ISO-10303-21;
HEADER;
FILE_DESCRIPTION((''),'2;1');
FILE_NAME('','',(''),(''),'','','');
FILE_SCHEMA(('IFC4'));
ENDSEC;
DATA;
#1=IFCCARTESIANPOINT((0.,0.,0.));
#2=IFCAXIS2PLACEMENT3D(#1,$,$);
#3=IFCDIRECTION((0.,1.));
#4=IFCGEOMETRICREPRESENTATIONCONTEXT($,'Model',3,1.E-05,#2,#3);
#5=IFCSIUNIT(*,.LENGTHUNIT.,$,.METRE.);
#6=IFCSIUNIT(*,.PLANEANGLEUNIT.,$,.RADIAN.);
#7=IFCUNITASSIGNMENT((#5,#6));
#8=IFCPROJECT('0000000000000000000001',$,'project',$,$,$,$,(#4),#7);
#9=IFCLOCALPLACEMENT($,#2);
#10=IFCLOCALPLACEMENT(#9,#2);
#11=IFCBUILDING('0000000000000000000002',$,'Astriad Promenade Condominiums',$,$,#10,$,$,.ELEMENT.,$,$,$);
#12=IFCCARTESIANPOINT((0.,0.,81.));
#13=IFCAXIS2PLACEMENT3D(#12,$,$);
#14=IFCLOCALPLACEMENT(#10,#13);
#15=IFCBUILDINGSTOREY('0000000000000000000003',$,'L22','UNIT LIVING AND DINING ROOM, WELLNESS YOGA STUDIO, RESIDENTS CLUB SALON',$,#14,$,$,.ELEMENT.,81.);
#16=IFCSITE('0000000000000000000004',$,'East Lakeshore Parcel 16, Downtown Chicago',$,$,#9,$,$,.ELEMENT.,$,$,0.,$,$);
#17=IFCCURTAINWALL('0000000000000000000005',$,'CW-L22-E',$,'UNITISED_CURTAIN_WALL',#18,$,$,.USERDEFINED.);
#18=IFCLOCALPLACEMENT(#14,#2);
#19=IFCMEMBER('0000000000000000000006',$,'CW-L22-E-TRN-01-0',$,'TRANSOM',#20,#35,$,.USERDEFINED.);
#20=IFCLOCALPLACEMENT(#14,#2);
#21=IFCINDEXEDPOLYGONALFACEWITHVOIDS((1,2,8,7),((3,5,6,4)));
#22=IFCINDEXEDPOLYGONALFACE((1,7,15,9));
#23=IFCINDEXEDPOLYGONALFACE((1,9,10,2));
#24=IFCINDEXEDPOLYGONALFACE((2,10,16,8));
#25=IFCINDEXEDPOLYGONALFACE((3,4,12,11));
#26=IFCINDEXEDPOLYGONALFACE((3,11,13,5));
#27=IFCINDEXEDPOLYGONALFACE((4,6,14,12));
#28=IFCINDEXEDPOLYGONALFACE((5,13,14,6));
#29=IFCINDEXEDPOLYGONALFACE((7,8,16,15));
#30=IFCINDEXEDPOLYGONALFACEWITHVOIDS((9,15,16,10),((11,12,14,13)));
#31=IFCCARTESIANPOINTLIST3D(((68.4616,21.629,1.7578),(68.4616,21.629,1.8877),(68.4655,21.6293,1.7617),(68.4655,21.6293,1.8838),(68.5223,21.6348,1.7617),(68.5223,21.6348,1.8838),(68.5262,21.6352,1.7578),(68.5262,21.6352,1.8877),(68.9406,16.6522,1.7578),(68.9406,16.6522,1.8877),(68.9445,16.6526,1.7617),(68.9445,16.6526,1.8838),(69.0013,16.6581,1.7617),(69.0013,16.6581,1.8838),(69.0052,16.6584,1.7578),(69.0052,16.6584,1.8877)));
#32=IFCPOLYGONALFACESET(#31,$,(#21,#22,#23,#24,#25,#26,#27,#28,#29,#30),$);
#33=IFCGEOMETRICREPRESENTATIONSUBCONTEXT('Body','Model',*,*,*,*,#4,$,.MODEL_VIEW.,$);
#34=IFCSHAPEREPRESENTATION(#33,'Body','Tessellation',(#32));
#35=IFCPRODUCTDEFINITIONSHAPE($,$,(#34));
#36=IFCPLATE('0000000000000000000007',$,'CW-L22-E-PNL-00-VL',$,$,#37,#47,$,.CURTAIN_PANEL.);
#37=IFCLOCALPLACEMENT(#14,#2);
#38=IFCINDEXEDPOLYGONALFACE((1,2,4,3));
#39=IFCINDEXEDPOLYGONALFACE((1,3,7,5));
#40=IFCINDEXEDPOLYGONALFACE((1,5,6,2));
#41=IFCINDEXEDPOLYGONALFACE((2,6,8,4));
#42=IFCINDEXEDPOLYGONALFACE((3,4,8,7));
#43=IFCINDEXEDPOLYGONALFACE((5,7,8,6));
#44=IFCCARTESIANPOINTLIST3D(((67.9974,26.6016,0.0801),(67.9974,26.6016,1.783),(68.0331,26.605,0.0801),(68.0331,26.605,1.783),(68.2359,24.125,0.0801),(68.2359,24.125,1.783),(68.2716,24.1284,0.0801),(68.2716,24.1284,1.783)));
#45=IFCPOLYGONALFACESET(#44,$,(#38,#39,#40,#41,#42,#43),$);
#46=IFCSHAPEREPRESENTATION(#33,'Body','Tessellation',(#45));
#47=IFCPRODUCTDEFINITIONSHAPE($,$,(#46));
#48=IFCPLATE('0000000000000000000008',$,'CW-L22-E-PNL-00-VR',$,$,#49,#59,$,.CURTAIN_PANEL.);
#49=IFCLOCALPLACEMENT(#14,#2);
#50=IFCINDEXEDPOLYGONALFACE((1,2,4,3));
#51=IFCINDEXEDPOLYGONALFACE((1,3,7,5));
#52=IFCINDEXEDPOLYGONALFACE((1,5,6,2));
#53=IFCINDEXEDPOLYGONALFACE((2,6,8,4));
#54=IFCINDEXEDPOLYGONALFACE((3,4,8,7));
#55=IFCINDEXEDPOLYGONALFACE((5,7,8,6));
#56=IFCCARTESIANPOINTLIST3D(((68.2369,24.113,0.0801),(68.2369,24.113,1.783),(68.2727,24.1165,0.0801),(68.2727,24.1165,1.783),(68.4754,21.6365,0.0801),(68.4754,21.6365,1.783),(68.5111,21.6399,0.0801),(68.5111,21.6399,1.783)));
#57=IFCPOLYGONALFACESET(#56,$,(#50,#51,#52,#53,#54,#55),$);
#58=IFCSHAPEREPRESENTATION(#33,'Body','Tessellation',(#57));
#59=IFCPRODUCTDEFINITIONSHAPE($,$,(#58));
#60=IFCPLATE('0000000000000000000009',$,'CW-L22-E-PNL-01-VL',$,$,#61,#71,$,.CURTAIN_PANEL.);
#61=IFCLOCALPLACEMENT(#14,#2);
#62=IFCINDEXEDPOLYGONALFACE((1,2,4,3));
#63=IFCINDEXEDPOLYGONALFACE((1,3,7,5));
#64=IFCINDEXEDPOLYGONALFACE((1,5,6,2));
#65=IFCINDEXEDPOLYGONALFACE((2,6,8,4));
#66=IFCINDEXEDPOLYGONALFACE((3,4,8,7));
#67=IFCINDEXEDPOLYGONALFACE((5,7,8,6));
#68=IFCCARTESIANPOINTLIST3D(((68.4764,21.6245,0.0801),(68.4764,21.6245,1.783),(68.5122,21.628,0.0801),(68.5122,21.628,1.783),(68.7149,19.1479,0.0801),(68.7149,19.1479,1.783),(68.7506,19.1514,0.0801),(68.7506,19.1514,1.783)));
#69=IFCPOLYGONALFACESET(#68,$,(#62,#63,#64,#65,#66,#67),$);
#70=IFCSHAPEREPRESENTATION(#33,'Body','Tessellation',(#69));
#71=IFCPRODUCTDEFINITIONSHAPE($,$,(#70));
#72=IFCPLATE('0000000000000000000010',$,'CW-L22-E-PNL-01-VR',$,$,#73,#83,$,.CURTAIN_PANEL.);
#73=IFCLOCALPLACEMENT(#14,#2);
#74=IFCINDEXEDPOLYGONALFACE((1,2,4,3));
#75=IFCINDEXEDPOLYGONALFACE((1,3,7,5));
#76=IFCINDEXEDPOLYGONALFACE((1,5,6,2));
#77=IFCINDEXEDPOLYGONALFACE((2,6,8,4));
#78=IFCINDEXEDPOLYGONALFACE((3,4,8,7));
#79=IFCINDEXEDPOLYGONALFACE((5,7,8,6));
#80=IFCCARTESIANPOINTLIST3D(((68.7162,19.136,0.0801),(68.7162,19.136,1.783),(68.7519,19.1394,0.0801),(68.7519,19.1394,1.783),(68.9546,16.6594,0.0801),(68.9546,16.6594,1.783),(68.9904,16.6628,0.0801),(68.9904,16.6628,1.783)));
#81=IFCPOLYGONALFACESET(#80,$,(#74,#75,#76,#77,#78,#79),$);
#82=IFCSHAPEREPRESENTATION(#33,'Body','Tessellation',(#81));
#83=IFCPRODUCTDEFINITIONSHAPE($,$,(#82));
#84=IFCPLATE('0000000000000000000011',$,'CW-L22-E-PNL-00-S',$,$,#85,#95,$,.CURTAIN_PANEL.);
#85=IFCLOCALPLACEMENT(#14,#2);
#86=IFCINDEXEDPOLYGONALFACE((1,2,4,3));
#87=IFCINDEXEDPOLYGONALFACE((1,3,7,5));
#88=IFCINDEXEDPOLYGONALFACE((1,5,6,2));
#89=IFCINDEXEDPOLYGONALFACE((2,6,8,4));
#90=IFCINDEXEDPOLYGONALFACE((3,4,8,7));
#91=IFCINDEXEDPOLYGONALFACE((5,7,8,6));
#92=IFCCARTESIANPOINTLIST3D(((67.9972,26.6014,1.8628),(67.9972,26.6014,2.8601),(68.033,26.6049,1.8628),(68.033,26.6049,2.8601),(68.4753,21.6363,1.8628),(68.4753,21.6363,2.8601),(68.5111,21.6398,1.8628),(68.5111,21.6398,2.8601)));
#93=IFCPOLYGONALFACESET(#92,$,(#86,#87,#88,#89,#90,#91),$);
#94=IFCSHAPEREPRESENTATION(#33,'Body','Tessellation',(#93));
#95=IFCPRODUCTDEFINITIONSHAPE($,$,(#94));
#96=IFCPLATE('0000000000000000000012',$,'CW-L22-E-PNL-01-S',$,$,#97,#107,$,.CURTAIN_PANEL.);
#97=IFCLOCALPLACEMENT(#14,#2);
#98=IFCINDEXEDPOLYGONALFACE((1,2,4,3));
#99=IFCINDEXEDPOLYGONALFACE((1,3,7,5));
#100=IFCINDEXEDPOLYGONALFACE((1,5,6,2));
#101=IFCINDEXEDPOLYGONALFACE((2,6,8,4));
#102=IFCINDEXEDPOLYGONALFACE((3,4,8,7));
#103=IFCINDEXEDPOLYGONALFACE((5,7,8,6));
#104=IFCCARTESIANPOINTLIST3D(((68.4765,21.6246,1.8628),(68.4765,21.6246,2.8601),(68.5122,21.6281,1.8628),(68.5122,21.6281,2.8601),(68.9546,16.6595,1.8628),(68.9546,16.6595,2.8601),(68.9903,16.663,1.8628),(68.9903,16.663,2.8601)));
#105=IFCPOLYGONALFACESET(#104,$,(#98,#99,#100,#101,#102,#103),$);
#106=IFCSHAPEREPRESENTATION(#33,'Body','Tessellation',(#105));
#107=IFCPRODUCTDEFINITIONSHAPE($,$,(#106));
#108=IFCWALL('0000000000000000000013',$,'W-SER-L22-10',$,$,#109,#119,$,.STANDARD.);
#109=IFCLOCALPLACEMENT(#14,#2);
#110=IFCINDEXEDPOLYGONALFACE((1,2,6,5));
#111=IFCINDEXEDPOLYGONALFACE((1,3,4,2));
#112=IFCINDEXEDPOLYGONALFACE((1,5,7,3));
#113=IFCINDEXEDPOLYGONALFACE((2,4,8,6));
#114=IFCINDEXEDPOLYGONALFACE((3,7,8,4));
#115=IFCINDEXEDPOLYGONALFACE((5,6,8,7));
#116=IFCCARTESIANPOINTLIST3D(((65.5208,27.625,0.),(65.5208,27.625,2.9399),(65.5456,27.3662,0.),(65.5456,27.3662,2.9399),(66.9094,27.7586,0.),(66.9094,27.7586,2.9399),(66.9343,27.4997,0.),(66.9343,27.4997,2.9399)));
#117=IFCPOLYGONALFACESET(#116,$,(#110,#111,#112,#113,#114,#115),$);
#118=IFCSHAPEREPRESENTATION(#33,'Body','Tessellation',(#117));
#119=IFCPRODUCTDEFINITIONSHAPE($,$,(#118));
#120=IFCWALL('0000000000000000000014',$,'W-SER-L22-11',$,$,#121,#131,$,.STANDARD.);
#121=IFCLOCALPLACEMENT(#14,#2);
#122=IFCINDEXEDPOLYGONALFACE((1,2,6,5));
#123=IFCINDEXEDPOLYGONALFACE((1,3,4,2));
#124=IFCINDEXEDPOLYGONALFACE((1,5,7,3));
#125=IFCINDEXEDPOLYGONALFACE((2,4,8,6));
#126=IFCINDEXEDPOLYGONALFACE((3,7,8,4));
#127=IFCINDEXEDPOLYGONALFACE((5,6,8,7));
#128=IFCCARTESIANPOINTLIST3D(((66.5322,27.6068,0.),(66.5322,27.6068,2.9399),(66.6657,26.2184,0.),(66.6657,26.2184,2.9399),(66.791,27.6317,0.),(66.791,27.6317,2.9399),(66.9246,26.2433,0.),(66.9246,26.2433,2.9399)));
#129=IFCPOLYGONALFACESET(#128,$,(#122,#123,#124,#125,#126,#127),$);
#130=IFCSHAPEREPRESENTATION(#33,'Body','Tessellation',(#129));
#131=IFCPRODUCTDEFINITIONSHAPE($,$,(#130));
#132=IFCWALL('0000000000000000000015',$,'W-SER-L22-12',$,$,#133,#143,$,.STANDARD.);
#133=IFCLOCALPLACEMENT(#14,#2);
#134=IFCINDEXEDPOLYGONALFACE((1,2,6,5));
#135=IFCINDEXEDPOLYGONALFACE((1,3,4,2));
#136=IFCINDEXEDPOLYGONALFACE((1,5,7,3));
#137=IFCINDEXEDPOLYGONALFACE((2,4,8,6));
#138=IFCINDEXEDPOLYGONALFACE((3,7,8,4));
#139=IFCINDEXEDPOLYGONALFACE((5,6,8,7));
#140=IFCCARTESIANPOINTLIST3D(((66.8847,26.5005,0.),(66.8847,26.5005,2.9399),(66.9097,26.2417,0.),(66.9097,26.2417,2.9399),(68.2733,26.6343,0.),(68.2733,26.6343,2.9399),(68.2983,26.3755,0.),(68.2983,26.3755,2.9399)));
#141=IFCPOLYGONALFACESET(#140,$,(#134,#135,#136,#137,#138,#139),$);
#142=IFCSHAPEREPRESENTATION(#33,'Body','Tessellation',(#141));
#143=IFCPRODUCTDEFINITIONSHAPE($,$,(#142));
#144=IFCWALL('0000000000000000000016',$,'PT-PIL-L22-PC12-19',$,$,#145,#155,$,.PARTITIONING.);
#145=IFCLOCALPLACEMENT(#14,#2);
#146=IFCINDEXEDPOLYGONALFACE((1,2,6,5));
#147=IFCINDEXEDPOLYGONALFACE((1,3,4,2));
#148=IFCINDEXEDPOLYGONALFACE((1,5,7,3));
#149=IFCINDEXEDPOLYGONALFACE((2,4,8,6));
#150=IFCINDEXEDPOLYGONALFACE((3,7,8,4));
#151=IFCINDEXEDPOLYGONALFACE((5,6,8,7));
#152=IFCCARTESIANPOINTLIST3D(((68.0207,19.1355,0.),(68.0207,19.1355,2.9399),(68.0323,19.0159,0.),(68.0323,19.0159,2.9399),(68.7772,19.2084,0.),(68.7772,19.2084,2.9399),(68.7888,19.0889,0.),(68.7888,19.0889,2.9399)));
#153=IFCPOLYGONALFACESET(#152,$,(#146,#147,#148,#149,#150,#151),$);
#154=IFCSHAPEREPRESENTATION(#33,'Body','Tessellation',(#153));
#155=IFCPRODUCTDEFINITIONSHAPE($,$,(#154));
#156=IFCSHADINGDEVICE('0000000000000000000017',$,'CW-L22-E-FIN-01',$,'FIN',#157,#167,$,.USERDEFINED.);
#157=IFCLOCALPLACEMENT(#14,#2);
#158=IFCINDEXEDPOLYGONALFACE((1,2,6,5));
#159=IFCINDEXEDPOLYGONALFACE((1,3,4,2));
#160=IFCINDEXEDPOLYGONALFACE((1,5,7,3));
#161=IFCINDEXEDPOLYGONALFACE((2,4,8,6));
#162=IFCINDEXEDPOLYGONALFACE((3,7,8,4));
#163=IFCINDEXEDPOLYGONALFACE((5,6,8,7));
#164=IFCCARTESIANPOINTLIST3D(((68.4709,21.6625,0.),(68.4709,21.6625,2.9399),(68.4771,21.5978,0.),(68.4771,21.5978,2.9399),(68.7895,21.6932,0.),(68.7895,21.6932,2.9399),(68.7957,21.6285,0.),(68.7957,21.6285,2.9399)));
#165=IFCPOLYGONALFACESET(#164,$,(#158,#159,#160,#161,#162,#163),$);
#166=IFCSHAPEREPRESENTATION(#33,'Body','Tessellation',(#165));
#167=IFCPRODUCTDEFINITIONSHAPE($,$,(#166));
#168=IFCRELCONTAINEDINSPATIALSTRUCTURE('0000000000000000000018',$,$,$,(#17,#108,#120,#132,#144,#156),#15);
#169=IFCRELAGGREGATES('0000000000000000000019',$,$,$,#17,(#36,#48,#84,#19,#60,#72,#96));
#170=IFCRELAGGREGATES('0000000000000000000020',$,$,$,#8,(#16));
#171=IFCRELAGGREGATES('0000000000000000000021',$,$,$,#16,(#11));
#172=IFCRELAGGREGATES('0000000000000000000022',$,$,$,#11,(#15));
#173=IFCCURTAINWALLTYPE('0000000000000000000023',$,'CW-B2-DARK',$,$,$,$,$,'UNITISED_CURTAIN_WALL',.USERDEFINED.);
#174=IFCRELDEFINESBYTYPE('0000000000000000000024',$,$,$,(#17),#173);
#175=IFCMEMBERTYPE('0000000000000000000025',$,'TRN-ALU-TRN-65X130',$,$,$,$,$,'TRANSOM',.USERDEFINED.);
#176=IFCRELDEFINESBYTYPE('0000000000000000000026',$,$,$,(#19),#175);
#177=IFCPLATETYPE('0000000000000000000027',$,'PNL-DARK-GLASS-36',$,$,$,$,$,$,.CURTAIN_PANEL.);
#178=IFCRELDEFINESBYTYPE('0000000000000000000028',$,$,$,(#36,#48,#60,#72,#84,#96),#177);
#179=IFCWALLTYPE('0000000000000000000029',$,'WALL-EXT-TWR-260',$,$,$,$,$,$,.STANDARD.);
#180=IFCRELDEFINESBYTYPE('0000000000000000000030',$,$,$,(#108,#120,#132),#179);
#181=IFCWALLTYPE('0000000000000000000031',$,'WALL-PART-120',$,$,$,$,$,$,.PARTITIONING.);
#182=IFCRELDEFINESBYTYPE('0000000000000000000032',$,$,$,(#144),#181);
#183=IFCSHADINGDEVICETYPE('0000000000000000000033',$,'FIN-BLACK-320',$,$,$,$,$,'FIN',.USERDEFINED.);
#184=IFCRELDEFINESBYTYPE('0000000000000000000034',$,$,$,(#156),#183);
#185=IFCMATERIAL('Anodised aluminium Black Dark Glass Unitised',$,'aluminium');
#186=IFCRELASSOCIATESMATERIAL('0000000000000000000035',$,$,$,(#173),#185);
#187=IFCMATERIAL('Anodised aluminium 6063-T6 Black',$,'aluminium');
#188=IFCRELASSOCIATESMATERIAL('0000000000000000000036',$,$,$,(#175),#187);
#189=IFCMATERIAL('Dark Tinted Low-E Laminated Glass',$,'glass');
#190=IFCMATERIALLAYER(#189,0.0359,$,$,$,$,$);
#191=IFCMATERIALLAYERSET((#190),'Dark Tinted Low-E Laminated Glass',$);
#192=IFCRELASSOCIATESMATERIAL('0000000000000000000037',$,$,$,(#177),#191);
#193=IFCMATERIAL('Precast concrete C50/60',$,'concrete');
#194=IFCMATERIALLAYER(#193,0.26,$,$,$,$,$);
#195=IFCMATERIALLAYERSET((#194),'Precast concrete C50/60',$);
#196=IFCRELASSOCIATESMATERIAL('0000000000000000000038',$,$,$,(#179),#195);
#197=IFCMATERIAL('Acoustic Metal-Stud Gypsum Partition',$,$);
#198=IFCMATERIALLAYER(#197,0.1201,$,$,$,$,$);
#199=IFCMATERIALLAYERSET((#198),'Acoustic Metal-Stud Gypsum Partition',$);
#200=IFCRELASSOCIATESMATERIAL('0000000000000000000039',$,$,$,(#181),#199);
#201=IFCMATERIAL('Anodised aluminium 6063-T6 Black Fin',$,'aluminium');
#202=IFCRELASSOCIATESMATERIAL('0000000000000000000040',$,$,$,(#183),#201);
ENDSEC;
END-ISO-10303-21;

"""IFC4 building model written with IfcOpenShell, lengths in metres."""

from ifc_helpers import new_model, si_unit, direction, frame, frame_2d, origin, origin_2d, place, context, subcontext, project, spatial, rectangle, hollow_rectangle, extrude, source, transform, mapped, material, layer, layer_set, material_profile, profile_set, type_object, type_shapes, element, aggregate, save


model = new_model("IFC4")

# Units and contexts
model_context = context("Model", 3, precision=1e-05, world=origin(), true_north=direction((0.0, 1.0)))
body_context = subcontext(model_context, "Body", "Model", "MODEL_VIEW")
ifc_project = project(units=[si_unit("LENGTHUNIT", "METRE"), si_unit("PLANEANGLEUNIT", "RADIAN")], contexts=[model_context])

# Site, building, storey
site_placement = place(None, origin())
site = spatial("IfcSite", under=ifc_project, at=site_placement, Name="East Lakeshore Parcel 16, Downtown Chicago", CompositionType="ELEMENT", RefElevation=0.0)
building_placement = place(site_placement, origin())
building = spatial("IfcBuilding", under=site, at=building_placement, Name="Astriad Promenade Condominiums", CompositionType="ELEMENT")
storey_placement = place(building_placement, frame((0.0, 0.0, 81.0)))
storey = spatial("IfcBuildingStorey", under=building, at=storey_placement, Name="L22", Description="UNIT LIVING AND DINING ROOM, WELLNESS YOGA STUDIO, RESIDENTS CLUB SALON", CompositionType="ELEMENT", Elevation=81.0)

# Curtain wall, member, plates
ifc_material_1 = material(Name="Anodised aluminium Black Dark Glass Unitised", Category="aluminium")
curtain_wall_type = type_object("IfcCurtainWallType", Name="CW-B2-DARK", ElementType="UNITISED_CURTAIN_WALL", PredefinedType="USERDEFINED", material=ifc_material_1)
curtain_wall_placement = place(storey_placement, origin())
curtain_wall = element("IfcCurtainWall", 1, at=curtain_wall_placement, inside=storey, type_object=curtain_wall_type, Name="CW-L22-E", ObjectType="UNITISED_CURTAIN_WALL", PredefinedType="USERDEFINED")
ifc_material_2 = material(Name="Anodised aluminium 6063-T6 Black", Category="aluminium")
ifc_material_profile_1 = material_profile(ifc_material_2, hollow_rectangle(XDim=0.0649, YDim=0.1299, WallThickness=0.0039, at=origin_2d()), Name="ALU-TRN-65X130")
ifc_profile_set_1 = profile_set([ifc_material_profile_1], Name="Anodised aluminium 6063-T6 Black")
member_type_1 = type_object("IfcMemberType", Name="TRN-ALU-TRN-65X130", ElementType="TRANSOM", PredefinedType="USERDEFINED", material=ifc_profile_set_1)
shared_shape_1 = source(origin(), body_context, "Body", "SweptSolid", [
    extrude(hollow_rectangle(XDim=0.0649, YDim=0.1299, WallThickness=0.0039, at=origin_2d()), origin(), (0.0, 0.0, 1.0), 4.9998),
])
member_1_placement = place(storey_placement, frame((68.4939, 21.6321, 1.8228), z_axis=(0.095805, -0.9954, 0.0), x_axis=(0.9954, 0.095805, 0.0)))
member_1 = element("IfcMember", 2, at=member_1_placement, type_object=member_type_1, Name="CW-L22-E-TRN-01-0", ObjectType="TRANSOM", PredefinedType="USERDEFINED", context=body_context, shape_type="MappedRepresentation", body=[
    mapped(shared_shape_1, transform((0.0, 0.0, 0.0), scale=1.0)),
])
ifc_material_3 = material(Name="Dark Tinted Low-E Laminated Glass", Category="glass")
ifc_layer_1 = layer(ifc_material_3, 0.0359)
ifc_layer_set_1 = layer_set([ifc_layer_1], Name="Dark Tinted Low-E Laminated Glass")
plate_type = type_object("IfcPlateType", Name="PNL-DARK-GLASS-36", PredefinedType="CURTAIN_PANEL", material=ifc_layer_set_1)
shared_shape_2 = source(origin(), body_context, "Body", "SweptSolid", [
    extrude(rectangle(XDim=2.488, YDim=0.0359, at=origin_2d()), origin(), (0.0, 0.0, 1.0), 1.7029),
])
plate_1_placement = place(storey_placement, frame((68.1345, 25.365, 0.0801), z_axis=(0.0, 0.0, 1.0), x_axis=(0.095846, -0.995396, 0.0)))
plate_1 = element("IfcPlate", 3, at=plate_1_placement, type_object=plate_type, Name="CW-L22-E-PNL-00-VL", PredefinedType="CURTAIN_PANEL", context=body_context, shape_type="MappedRepresentation", body=[
    mapped(shared_shape_2, transform((0.0, 0.0, 0.0), scale=1.0)),
])
plate_2_placement = place(storey_placement, frame((68.374, 22.8765, 0.0801), z_axis=(0.0, 0.0, 1.0), x_axis=(0.095846, -0.995396, 0.0)))
plate_2 = element("IfcPlate", 4, at=plate_2_placement, type_object=plate_type, Name="CW-L22-E-PNL-00-VR", PredefinedType="CURTAIN_PANEL", context=body_context, shape_type="MappedRepresentation", body=[
    mapped(shared_shape_2, transform((0.0, 0.0, 0.0), scale=1.0)),
])
plate_3_placement = place(storey_placement, frame((68.6135, 20.3879, 0.0801), z_axis=(0.0, 0.0, 1.0), x_axis=(0.095846, -0.995396, 0.0)))
plate_3 = element("IfcPlate", 5, at=plate_3_placement, type_object=plate_type, Name="CW-L22-E-PNL-01-VL", PredefinedType="CURTAIN_PANEL", context=body_context, shape_type="MappedRepresentation", body=[
    mapped(shared_shape_2, transform((0.0, 0.0, 0.0), scale=1.0)),
])
plate_4_placement = place(storey_placement, frame((68.8533, 17.8994, 0.0801), z_axis=(0.0, 0.0, 1.0), x_axis=(0.095846, -0.995396, 0.0)))
plate_4 = element("IfcPlate", 6, at=plate_4_placement, type_object=plate_type, Name="CW-L22-E-PNL-01-VR", PredefinedType="CURTAIN_PANEL", context=body_context, shape_type="MappedRepresentation", body=[
    mapped(shared_shape_2, transform((0.0, 0.0, 0.0), scale=1.0)),
])
shared_shape_3 = source(origin(), body_context, "Body", "SweptSolid", [
    extrude(rectangle(XDim=4.988, YDim=0.0359, at=origin_2d()), origin(), (0.0, 0.0, 1.0), 0.9973),
])
type_shapes(plate_type, [shared_shape_2, shared_shape_3])
plate_5_placement = place(storey_placement, frame((68.2542, 24.1206, 1.8628), z_axis=(0.0, 0.0, 1.0), x_axis=(0.095846, -0.995396, 0.0)))
plate_5 = element("IfcPlate", 7, at=plate_5_placement, type_object=plate_type, Name="CW-L22-E-PNL-00-S", PredefinedType="CURTAIN_PANEL", context=body_context, shape_type="MappedRepresentation", body=[
    mapped(shared_shape_3, transform((0.0, 0.0, 0.0), scale=1.0)),
])
plate_6_placement = place(storey_placement, frame((68.7334, 19.1438, 1.8628), z_axis=(0.0, 0.0, 1.0), x_axis=(0.095846, -0.995396, 0.0)))
plate_6 = element("IfcPlate", 8, at=plate_6_placement, type_object=plate_type, Name="CW-L22-E-PNL-01-S", PredefinedType="CURTAIN_PANEL", context=body_context, shape_type="MappedRepresentation", body=[
    mapped(shared_shape_3, transform((0.0, 0.0, 0.0), scale=1.0)),
])
aggregate(curtain_wall, [plate_1, plate_2, plate_5, member_1, plate_3, plate_4, plate_6])

# Walls
ifc_material_4 = material(Name="Precast concrete C50/60", Category="concrete")
ifc_layer_2 = layer(ifc_material_4, 0.26)
ifc_layer_set_2 = layer_set([ifc_layer_2], Name="Precast concrete C50/60")
wall_type_1 = type_object("IfcWallType", Name="WALL-EXT-TWR-260", PredefinedType="STANDARD", material=ifc_layer_set_2)
wall_1_placement = place(storey_placement, frame((65.5332, 27.4956, 0.0), z_axis=(0.0, 0.0, 1.0), x_axis=(0.995408, 0.095726, 0.0)))
element("IfcWall", 9, at=wall_1_placement, inside=storey, type_object=wall_type_1, Name="W-SER-L22-10", PredefinedType="STANDARD", context=body_context, shape_type="SweptSolid", body=[
    extrude(rectangle(XDim=1.395, YDim=0.26, at=frame_2d((0.6975, 0.0))), origin(), (0.0, 0.0, 1.0), 2.9399),
])
wall_2_placement = place(storey_placement, frame((66.6616, 27.6191, 0.0), z_axis=(0.0, 0.0, 1.0), x_axis=(0.095742, -0.995406, 0.0)))
element("IfcWall", 10, at=wall_2_placement, inside=storey, type_object=wall_type_1, Name="W-SER-L22-11", PredefinedType="STANDARD", context=body_context, shape_type="SweptSolid", body=[
    extrude(rectangle(XDim=1.3948, YDim=0.26, at=frame_2d((0.6973, 0.0))), origin(), (0.0, 0.0, 1.0), 2.9399),
])
wall_3_placement = place(storey_placement, frame((66.8972, 26.3711, 0.0), z_axis=(0.0, 0.0, 1.0), x_axis=(0.995391, 0.095899, 0.0)))
element("IfcWall", 11, at=wall_3_placement, inside=storey, type_object=wall_type_1, Name="W-SER-L22-12", PredefinedType="STANDARD", context=body_context, shape_type="SweptSolid", body=[
    extrude(rectangle(XDim=1.395, YDim=0.26, at=frame_2d((0.6975, 0.0))), origin(), (0.0, 0.0, 1.0), 2.9399),
])
ifc_material_5 = material(Name="Acoustic Metal-Stud Gypsum Partition")
ifc_layer_3 = layer(ifc_material_5, 0.1201)
ifc_layer_set_3 = layer_set([ifc_layer_3], Name="Acoustic Metal-Stud Gypsum Partition")
wall_type_2 = type_object("IfcWallType", Name="WALL-PART-120", PredefinedType="PARTITIONING", material=ifc_layer_set_3)
wall_4_placement = place(storey_placement, frame((68.0266, 19.0757, 0.0), z_axis=(0.0, 0.0, 1.0), x_axis=(0.995378, 0.096037, 0.0)))
element("IfcWall", 12, at=wall_4_placement, inside=storey, type_object=wall_type_2, Name="PT-PIL-L22-PC12-19", PredefinedType="PARTITIONING", context=body_context, shape_type="SweptSolid", body=[
    extrude(rectangle(XDim=0.76, YDim=0.1201, at=frame_2d((0.3799, 0.0))), origin(), (0.0, 0.0, 1.0), 2.9399),
])

# Shading device
ifc_material_6 = material(Name="Anodised aluminium 6063-T6 Black Fin", Category="aluminium")
shading_device_type = type_object("IfcShadingDeviceType", Name="FIN-BLACK-320", ElementType="FIN", PredefinedType="USERDEFINED", material=ifc_material_6)
shared_shape_4 = source(origin(), body_context, "Body", "SweptSolid", [
    extrude(rectangle(XDim=0.0649, YDim=0.3201, at=origin_2d()), origin(), (0.0, 0.0, 1.0), 2.9399),
])
type_shapes(shading_device_type, [shared_shape_4])
shading_device_placement = place(storey_placement, frame((68.6333, 21.6455, 0.0), z_axis=(0.0, 0.0, 1.0), x_axis=(0.095846, -0.995396, 0.0)))
element("IfcShadingDevice", 13, at=shading_device_placement, inside=storey, type_object=shading_device_type, Name="CW-L22-E-FIN-01", ObjectType="FIN", PredefinedType="USERDEFINED", context=body_context, shape_type="MappedRepresentation", body=[
    mapped(shared_shape_4, transform((0.0, 0.0, 0.0), scale=1.0)),
])

save(model, "model.ifc")
